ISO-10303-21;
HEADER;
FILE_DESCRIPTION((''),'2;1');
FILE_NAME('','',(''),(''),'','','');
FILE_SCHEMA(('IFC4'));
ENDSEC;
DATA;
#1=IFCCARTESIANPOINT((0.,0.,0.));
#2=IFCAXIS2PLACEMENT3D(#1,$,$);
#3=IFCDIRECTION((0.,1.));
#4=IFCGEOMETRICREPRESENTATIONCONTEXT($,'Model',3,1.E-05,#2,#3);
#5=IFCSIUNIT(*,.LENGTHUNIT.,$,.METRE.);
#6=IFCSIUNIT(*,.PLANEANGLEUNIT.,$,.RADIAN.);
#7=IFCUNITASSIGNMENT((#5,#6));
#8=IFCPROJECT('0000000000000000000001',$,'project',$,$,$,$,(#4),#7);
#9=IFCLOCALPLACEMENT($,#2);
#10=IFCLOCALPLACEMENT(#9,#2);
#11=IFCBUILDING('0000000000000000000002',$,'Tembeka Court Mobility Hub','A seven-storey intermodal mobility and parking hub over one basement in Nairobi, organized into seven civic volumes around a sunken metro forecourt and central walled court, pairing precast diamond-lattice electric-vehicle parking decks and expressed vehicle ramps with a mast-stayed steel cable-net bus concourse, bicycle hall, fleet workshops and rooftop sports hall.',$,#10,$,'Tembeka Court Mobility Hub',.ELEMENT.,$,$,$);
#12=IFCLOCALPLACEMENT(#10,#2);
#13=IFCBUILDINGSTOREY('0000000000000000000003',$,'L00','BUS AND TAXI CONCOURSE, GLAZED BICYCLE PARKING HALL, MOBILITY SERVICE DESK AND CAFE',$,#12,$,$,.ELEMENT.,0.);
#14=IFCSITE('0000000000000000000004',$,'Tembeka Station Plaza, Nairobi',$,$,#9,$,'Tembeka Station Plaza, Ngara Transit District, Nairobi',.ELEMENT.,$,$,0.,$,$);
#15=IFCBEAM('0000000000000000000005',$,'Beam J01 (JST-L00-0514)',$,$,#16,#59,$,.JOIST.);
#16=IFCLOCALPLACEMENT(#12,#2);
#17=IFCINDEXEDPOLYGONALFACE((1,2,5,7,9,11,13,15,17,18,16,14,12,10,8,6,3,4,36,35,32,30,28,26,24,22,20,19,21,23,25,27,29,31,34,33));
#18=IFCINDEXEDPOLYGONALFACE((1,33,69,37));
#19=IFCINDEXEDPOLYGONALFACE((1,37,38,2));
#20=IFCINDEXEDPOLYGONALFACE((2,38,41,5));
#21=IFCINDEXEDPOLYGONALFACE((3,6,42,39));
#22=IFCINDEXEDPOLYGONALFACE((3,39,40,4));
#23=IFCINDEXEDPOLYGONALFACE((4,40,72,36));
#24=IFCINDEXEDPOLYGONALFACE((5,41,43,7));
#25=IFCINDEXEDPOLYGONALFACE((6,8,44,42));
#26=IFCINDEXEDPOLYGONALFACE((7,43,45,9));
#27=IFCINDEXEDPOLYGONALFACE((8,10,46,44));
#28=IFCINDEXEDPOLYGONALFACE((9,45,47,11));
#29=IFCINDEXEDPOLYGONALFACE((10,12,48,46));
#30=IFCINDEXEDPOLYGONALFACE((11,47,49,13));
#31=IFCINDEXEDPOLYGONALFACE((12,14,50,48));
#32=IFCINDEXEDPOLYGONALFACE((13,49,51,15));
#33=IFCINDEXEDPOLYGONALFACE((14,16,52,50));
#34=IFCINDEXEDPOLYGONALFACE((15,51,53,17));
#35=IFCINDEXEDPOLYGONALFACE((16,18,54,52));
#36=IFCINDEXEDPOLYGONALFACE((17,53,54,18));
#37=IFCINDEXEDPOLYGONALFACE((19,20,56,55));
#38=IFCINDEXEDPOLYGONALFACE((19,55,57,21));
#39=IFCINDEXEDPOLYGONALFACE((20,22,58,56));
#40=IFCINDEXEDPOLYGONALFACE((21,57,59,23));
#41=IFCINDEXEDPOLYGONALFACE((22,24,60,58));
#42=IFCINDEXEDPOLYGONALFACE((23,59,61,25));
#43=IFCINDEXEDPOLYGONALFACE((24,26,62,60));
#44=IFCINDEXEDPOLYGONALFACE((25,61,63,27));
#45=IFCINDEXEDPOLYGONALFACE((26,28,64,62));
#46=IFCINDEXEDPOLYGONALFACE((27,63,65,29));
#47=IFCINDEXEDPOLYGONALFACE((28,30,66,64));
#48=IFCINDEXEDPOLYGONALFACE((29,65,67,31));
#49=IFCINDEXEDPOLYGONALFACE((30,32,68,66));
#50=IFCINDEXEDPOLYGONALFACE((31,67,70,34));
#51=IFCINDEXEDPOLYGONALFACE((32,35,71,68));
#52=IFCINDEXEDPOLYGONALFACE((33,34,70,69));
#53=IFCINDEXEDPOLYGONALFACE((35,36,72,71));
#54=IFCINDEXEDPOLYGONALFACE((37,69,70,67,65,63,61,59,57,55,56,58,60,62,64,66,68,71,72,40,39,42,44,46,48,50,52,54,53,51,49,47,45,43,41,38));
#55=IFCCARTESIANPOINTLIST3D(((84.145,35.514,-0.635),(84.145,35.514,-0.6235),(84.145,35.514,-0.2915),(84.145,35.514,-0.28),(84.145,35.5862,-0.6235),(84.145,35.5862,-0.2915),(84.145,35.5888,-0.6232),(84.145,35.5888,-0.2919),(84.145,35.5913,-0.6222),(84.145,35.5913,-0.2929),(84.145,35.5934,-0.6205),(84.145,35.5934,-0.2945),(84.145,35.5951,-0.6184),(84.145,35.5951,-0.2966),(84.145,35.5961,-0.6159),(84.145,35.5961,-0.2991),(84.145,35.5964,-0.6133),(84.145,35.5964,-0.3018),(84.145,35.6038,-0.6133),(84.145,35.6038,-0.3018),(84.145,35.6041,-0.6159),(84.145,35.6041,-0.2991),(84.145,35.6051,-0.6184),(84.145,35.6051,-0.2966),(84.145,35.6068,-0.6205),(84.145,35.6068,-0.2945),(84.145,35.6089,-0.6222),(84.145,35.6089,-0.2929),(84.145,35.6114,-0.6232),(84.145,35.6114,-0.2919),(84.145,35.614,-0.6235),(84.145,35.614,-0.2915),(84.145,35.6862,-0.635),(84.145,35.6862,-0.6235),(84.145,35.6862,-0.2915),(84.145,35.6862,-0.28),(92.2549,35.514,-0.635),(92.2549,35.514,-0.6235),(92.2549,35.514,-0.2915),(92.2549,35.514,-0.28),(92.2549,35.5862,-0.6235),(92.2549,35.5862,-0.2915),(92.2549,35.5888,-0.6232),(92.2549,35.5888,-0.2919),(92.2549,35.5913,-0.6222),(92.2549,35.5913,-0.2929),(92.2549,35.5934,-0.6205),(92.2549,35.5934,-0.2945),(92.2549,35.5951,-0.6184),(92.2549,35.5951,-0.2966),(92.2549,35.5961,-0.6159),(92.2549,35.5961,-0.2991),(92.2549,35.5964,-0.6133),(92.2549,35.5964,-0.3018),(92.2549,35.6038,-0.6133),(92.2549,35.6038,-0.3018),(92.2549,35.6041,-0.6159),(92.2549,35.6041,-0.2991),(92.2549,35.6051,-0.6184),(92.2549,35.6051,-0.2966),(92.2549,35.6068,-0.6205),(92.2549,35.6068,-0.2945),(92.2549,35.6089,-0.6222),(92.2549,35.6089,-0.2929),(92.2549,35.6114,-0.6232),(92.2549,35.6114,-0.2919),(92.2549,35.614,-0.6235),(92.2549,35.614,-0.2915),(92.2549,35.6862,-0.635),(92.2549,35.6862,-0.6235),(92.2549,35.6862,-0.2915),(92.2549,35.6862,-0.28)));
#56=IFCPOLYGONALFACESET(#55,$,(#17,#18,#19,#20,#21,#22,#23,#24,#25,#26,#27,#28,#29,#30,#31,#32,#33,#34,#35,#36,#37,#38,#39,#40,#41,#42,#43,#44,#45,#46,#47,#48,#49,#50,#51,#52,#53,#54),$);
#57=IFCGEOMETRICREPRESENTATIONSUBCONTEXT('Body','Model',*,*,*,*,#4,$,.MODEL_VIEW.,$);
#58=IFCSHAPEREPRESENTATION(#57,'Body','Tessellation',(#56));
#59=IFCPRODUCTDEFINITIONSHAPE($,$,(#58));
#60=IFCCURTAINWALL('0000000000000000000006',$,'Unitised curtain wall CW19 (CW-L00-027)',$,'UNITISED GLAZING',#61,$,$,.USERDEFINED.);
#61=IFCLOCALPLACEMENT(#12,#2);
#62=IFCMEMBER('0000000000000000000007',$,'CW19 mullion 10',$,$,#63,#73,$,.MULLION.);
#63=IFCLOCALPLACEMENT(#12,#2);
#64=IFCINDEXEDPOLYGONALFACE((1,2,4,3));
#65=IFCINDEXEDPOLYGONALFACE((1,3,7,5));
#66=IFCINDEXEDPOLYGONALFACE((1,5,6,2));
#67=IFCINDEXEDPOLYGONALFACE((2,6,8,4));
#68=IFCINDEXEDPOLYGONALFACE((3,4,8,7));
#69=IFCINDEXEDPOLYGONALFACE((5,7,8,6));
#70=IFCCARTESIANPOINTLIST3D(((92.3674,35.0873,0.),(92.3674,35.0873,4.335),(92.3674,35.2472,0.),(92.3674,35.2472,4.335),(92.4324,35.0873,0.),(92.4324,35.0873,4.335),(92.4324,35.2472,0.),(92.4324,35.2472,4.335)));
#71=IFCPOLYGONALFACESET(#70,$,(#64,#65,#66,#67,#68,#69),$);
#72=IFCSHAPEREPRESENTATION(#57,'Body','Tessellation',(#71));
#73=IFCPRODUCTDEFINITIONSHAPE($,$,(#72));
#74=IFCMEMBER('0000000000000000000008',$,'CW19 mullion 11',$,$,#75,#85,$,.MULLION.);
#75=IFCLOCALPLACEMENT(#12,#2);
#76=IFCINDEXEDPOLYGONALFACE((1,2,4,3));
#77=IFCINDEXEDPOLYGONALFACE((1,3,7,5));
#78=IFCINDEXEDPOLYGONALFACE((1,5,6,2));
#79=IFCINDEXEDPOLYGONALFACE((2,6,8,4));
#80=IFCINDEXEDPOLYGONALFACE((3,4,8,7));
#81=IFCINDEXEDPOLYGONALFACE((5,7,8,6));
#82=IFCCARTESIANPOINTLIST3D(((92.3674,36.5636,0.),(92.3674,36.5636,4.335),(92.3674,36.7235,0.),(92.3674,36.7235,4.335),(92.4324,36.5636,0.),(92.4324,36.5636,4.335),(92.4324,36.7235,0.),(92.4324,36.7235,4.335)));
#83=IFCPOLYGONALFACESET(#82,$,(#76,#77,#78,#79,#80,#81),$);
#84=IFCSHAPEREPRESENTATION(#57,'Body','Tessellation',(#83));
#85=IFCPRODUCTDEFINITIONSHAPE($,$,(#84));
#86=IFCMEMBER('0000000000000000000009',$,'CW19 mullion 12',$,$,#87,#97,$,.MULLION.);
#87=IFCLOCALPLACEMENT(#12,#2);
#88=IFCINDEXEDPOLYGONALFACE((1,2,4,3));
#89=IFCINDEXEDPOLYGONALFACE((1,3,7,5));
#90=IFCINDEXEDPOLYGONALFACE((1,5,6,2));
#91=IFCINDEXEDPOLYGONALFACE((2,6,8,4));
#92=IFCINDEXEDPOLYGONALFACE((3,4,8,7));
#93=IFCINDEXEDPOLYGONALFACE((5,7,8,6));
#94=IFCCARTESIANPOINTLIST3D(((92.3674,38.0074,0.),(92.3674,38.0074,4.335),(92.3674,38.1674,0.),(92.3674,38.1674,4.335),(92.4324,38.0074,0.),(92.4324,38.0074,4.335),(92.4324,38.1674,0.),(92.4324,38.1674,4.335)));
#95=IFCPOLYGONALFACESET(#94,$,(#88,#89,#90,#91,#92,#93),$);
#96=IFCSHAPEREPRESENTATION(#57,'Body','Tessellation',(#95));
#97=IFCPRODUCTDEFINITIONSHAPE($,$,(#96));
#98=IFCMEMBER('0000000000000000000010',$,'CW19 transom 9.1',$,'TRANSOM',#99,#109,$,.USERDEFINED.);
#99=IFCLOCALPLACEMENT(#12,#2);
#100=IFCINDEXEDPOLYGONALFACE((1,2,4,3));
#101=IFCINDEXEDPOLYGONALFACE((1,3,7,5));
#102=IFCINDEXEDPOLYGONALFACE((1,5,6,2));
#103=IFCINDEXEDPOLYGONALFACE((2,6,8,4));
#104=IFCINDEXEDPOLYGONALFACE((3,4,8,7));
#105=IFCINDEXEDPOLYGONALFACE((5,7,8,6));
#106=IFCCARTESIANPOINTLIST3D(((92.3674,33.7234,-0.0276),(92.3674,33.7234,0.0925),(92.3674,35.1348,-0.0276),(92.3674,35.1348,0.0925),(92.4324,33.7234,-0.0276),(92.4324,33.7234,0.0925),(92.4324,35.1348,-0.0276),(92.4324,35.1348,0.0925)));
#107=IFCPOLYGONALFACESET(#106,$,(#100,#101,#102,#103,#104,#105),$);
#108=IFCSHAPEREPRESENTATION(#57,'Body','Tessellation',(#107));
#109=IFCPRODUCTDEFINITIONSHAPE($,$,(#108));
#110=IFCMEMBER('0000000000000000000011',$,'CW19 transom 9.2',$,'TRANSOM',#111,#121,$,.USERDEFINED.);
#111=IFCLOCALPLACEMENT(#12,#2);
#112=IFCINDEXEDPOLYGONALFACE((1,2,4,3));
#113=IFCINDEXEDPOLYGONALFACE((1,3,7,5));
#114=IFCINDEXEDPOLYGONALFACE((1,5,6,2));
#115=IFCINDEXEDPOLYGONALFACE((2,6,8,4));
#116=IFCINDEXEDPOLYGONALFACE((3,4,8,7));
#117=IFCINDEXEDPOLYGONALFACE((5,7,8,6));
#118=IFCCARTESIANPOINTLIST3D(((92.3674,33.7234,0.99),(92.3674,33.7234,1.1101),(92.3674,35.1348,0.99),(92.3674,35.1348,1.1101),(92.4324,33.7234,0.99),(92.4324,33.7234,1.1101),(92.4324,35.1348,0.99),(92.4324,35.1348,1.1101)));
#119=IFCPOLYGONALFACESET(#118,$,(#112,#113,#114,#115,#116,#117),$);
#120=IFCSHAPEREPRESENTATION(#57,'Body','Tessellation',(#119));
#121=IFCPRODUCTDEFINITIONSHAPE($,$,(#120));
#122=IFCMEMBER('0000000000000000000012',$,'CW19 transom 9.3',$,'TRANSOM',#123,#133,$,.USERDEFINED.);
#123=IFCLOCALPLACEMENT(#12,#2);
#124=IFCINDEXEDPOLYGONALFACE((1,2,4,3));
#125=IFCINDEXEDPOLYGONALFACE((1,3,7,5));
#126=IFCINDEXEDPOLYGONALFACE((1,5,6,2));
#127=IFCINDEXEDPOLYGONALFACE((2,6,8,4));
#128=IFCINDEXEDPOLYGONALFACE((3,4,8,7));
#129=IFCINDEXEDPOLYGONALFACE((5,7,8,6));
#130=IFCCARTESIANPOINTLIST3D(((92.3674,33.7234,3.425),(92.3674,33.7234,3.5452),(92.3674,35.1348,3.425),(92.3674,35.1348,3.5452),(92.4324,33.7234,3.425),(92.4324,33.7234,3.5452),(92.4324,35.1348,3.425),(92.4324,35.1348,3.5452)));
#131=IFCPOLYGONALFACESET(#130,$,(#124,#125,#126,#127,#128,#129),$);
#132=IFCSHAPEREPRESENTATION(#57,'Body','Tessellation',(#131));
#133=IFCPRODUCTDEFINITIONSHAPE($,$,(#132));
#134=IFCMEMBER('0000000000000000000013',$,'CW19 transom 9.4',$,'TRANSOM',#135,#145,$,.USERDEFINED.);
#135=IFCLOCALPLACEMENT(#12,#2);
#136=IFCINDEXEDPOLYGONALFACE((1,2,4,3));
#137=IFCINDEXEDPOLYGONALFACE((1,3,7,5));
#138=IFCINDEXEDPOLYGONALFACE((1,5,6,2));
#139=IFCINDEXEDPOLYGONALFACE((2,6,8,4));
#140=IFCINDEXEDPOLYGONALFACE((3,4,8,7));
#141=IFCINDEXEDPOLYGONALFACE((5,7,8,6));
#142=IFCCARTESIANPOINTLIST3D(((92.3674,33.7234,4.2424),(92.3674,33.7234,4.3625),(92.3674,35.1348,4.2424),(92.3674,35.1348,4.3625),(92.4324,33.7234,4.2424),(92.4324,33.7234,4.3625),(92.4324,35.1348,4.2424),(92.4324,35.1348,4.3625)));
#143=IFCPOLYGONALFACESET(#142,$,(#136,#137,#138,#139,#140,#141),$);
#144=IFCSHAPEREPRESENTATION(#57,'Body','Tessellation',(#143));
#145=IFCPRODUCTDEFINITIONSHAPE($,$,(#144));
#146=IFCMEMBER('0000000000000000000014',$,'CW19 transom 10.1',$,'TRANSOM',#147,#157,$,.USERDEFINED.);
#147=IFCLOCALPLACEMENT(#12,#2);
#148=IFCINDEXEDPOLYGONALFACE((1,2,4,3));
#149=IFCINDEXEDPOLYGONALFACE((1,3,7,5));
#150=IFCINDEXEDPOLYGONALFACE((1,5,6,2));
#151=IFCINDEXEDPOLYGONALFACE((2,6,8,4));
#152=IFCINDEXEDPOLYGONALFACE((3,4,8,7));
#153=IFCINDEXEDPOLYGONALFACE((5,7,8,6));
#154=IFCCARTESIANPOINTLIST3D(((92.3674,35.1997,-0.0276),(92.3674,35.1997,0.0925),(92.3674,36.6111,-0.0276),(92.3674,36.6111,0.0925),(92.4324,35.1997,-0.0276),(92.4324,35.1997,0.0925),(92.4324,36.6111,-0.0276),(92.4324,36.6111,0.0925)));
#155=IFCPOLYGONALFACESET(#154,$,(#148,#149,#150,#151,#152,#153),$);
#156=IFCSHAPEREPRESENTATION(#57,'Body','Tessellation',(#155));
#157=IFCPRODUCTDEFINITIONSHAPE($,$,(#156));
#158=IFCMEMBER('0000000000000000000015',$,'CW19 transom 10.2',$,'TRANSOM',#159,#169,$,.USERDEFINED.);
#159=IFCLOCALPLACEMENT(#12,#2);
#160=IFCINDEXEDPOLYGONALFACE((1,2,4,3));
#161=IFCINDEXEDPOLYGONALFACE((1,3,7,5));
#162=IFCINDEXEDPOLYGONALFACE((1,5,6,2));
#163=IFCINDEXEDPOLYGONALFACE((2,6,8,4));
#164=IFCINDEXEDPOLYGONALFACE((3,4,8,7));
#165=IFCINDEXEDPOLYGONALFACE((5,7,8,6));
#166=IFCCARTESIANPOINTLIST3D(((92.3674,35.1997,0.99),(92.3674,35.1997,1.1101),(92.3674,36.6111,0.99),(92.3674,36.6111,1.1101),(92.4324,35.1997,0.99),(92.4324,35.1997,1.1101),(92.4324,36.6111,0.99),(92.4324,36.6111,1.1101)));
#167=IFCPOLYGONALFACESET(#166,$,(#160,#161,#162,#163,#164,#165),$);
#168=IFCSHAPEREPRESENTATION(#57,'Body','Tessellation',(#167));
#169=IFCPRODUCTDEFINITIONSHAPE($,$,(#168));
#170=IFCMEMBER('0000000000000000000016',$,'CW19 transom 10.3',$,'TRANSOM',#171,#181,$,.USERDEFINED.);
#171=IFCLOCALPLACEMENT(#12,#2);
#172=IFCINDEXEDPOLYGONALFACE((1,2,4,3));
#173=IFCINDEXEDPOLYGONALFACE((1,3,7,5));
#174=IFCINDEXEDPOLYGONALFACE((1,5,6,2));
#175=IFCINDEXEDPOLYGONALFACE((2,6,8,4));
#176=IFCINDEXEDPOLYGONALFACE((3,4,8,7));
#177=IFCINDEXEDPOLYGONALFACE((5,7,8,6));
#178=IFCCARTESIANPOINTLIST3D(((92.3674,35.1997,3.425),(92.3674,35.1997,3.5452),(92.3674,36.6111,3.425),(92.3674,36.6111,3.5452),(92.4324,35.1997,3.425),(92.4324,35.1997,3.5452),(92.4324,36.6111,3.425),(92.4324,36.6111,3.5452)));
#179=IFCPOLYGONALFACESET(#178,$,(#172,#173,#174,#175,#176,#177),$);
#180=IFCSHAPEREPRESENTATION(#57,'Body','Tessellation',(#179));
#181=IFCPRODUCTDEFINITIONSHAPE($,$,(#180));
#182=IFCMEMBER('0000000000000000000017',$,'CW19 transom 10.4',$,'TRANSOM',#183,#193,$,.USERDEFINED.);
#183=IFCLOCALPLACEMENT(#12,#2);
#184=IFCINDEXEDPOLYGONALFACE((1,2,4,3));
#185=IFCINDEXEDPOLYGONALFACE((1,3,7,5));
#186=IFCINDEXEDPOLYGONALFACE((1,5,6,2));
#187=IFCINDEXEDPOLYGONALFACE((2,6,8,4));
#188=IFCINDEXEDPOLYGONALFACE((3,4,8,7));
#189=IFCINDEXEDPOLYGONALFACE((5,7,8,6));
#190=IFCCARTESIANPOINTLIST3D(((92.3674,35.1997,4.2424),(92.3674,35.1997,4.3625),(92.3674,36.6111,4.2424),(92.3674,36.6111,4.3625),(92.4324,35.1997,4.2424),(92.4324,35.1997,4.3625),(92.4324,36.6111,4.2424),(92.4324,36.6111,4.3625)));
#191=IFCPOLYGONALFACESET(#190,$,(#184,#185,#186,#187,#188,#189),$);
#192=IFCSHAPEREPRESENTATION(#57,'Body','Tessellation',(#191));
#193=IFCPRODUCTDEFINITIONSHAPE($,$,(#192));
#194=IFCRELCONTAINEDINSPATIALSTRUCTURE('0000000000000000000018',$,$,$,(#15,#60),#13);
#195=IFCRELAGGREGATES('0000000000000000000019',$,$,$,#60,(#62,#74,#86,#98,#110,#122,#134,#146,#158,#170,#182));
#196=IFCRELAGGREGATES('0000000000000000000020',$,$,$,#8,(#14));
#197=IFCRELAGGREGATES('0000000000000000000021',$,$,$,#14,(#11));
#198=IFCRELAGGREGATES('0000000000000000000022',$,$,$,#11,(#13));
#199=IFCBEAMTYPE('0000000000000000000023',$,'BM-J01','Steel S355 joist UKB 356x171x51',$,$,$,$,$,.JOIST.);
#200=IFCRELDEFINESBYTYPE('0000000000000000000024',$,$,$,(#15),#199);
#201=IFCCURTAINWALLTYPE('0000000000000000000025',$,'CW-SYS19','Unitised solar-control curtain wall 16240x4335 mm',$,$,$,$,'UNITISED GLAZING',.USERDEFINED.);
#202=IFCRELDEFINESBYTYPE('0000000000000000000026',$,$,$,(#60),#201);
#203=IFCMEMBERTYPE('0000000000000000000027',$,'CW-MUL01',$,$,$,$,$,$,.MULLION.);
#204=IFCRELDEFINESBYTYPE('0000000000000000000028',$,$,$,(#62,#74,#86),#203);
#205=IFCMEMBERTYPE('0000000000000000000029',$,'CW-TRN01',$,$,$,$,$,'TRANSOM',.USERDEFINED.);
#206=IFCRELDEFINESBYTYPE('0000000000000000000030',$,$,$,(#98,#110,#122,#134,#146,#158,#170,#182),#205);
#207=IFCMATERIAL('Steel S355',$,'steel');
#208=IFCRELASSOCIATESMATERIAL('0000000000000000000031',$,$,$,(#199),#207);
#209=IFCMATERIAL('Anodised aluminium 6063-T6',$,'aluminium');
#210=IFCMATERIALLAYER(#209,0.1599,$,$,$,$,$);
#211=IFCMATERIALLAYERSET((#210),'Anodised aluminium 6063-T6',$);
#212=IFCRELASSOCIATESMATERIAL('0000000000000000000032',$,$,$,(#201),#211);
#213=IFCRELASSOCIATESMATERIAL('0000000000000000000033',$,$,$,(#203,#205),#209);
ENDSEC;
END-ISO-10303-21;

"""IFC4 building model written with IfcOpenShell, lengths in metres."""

from ifc_helpers import new_model, si_unit, direction, frame, origin, origin_2d, place, context, subcontext, project, spatial, rectangle, i_section, extrude, material, layer, layer_set, material_profile, profile_set, type_object, element, aggregate, save


model = new_model("IFC4")

# Units and contexts
model_context = context("Model", 3, precision=1e-05, world=origin(), true_north=direction((0.0, 1.0)))
body_context = subcontext(model_context, "Body", "Model", "MODEL_VIEW")
ifc_project = project(units=[si_unit("LENGTHUNIT", "METRE"), si_unit("PLANEANGLEUNIT", "RADIAN")], contexts=[model_context])

# Site, building, storey
site_placement = place(None, origin())
site = spatial("IfcSite", under=ifc_project, at=site_placement, Name="Tembeka Station Plaza, Nairobi", LongName="Tembeka Station Plaza, Ngara Transit District, Nairobi", CompositionType="ELEMENT", RefElevation=0.0)
building_placement = place(site_placement, origin())
building = spatial("IfcBuilding", under=site, at=building_placement, Name="Tembeka Court Mobility Hub", Description="A seven-storey intermodal mobility and parking hub over one basement in Nairobi, organized into seven civic volumes around a sunken metro forecourt and central walled court, pairing precast diamond-lattice electric-vehicle parking decks and expressed vehicle ramps with a mast-stayed steel cable-net bus concourse, bicycle hall, fleet workshops and rooftop sports hall.", LongName="Tembeka Court Mobility Hub", CompositionType="ELEMENT")
storey_placement = place(building_placement, origin())
storey = spatial("IfcBuildingStorey", under=building, at=storey_placement, Name="L00", Description="BUS AND TAXI CONCOURSE, GLAZED BICYCLE PARKING HALL, MOBILITY SERVICE DESK AND CAFE", CompositionType="ELEMENT", Elevation=0.0)

# Shared definitions
ifc_material_1 = material(Name="Steel S355", Category="steel")

# Beam
ifc_material_profile_1 = material_profile(ifc_material_1, i_section(OverallWidth=0.1721, OverallDepth=0.355, WebThickness=0.0073, FlangeThickness=0.0115, FilletRadius=0.0103, at=origin_2d()), Name="UKB 356x171x51")
ifc_profile_set_1 = profile_set([ifc_material_profile_1], Name="Steel S355")
beam_type_1 = type_object("IfcBeamType", Name="BM-J01", Description="Steel S355 joist UKB 356x171x51", PredefinedType="JOIST", material=ifc_profile_set_1)
beam_1_placement = place(storey_placement, frame((84.145, 35.6001, -0.4575), z_axis=(1.0, 0.0, 0.0), x_axis=(0.0, 1.0, 0.0)))
element("IfcBeam", 1, at=beam_1_placement, inside=storey, type_object=beam_type_1, Name="Beam J01 (JST-L00-0514)", PredefinedType="JOIST", context=body_context, shape_type="SweptSolid", body=[
    extrude(i_section(OverallWidth=0.1721, OverallDepth=0.355, WebThickness=0.0073, FlangeThickness=0.0115, FilletRadius=0.0103, at=origin_2d()), origin(), (0.0, 0.0, 1.0), 8.1099),
])

# Curtain wall, members
ifc_material_2 = material(Name="Anodised aluminium 6063-T6", Category="aluminium")
ifc_layer_1 = layer(ifc_material_2, 0.1599)
ifc_layer_set_1 = layer_set([ifc_layer_1], Name="Anodised aluminium 6063-T6")
curtain_wall_type = type_object("IfcCurtainWallType", Name="CW-SYS19", Description="Unitised solar-control curtain wall 16240x4335 mm", ElementType="UNITISED GLAZING", PredefinedType="USERDEFINED", material=ifc_layer_set_1)
curtain_wall_placement = place(storey_placement, origin())
curtain_wall = element("IfcCurtainWall", 2, at=curtain_wall_placement, inside=storey, type_object=curtain_wall_type, Name="Unitised curtain wall CW19 (CW-L00-027)", ObjectType="UNITISED GLAZING", PredefinedType="USERDEFINED")
ifc_material_profile_2 = material_profile(ifc_material_2, rectangle(XDim=0.0649, YDim=0.1599, at=origin_2d()), Name="ALU-MUL 65x160")
ifc_profile_set_2 = profile_set([ifc_material_profile_2], Name="Anodised aluminium 6063-T6")
member_type_1 = type_object("IfcMemberType", Name="CW-MUL01", PredefinedType="MULLION", material=ifc_profile_set_2)
member_1_placement = place(storey_placement, frame((92.3999, 35.1672, 0.0), z_axis=(0.0, 0.0, 1.0), x_axis=(-1.0, 0.0, 0.0)))
member_1 = element("IfcMember", 3, at=member_1_placement, type_object=member_type_1, Name="CW19 mullion 10", PredefinedType="MULLION", context=body_context, shape_type="SweptSolid", body=[
    extrude(rectangle(XDim=0.0649, YDim=0.1599, at=origin_2d()), origin(), (0.0, 0.0, 1.0), 4.335),
])
member_2_placement = place(storey_placement, frame((92.3999, 36.6436, 0.0), z_axis=(0.0, 0.0, 1.0), x_axis=(-1.0, 0.0, 0.0)))
member_2 = element("IfcMember", 4, at=member_2_placement, type_object=member_type_1, Name="CW19 mullion 11", PredefinedType="MULLION", context=body_context, shape_type="SweptSolid", body=[
    extrude(rectangle(XDim=0.0649, YDim=0.1599, at=origin_2d()), origin(), (0.0, 0.0, 1.0), 4.335),
])
member_3_placement = place(storey_placement, frame((92.3999, 38.0874, 0.0), z_axis=(0.0, 0.0, 1.0), x_axis=(-1.0, 0.0, 0.0)))
member_3 = element("IfcMember", 5, at=member_3_placement, type_object=member_type_1, Name="CW19 mullion 12", PredefinedType="MULLION", context=body_context, shape_type="SweptSolid", body=[
    extrude(rectangle(XDim=0.0649, YDim=0.1599, at=origin_2d()), origin(), (0.0, 0.0, 1.0), 4.335),
])
ifc_material_profile_3 = material_profile(ifc_material_2, rectangle(XDim=0.0649, YDim=0.1201, at=origin_2d()), Name="ALU-TRN 65x120")
ifc_profile_set_3 = profile_set([ifc_material_profile_3], Name="Anodised aluminium 6063-T6")
member_type_2 = type_object("IfcMemberType", Name="CW-TRN01", ElementType="TRANSOM", PredefinedType="USERDEFINED", material=ifc_profile_set_3)
member_4_placement = place(storey_placement, frame((92.3999, 33.7234, 0.0325), z_axis=(0.0, 1.0, 0.0), x_axis=(-1.0, 0.0, 0.0)))
member_4 = element("IfcMember", 6, at=member_4_placement, type_object=member_type_2, Name="CW19 transom 9.1", ObjectType="TRANSOM", PredefinedType="USERDEFINED", context=body_context, shape_type="SweptSolid", body=[
    extrude(rectangle(XDim=0.0649, YDim=0.1201, at=origin_2d()), origin(), (0.0, 0.0, 1.0), 1.4114),
])
member_5_placement = place(storey_placement, frame((92.3999, 33.7234, 1.05), z_axis=(0.0, 1.0, 0.0), x_axis=(-1.0, 0.0, 0.0)))
member_5 = element("IfcMember", 7, at=member_5_placement, type_object=member_type_2, Name="CW19 transom 9.2", ObjectType="TRANSOM", PredefinedType="USERDEFINED", context=body_context, shape_type="SweptSolid", body=[
    extrude(rectangle(XDim=0.0649, YDim=0.1201, at=origin_2d()), origin(), (0.0, 0.0, 1.0), 1.4114),
])
member_6_placement = place(storey_placement, frame((92.3999, 33.7234, 3.4851), z_axis=(0.0, 1.0, 0.0), x_axis=(-1.0, 0.0, 0.0)))
member_6 = element("IfcMember", 8, at=member_6_placement, type_object=member_type_2, Name="CW19 transom 9.3", ObjectType="TRANSOM", PredefinedType="USERDEFINED", context=body_context, shape_type="SweptSolid", body=[
    extrude(rectangle(XDim=0.0649, YDim=0.1201, at=origin_2d()), origin(), (0.0, 0.0, 1.0), 1.4114),
])
member_7_placement = place(storey_placement, frame((92.3999, 33.7234, 4.3025), z_axis=(0.0, 1.0, 0.0), x_axis=(-1.0, 0.0, 0.0)))
member_7 = element("IfcMember", 9, at=member_7_placement, type_object=member_type_2, Name="CW19 transom 9.4", ObjectType="TRANSOM", PredefinedType="USERDEFINED", context=body_context, shape_type="SweptSolid", body=[
    extrude(rectangle(XDim=0.0649, YDim=0.1201, at=origin_2d()), origin(), (0.0, 0.0, 1.0), 1.4114),
])
member_8_placement = place(storey_placement, frame((92.3999, 35.1997, 0.0325), z_axis=(0.0, 1.0, 0.0), x_axis=(-1.0, 0.0, 0.0)))
member_8 = element("IfcMember", 10, at=member_8_placement, type_object=member_type_2, Name="CW19 transom 10.1", ObjectType="TRANSOM", PredefinedType="USERDEFINED", context=body_context, shape_type="SweptSolid", body=[
    extrude(rectangle(XDim=0.0649, YDim=0.1201, at=origin_2d()), origin(), (0.0, 0.0, 1.0), 1.4114),
])
member_9_placement = place(storey_placement, frame((92.3999, 35.1997, 1.05), z_axis=(0.0, 1.0, 0.0), x_axis=(-1.0, 0.0, 0.0)))
member_9 = element("IfcMember", 11, at=member_9_placement, type_object=member_type_2, Name="CW19 transom 10.2", ObjectType="TRANSOM", PredefinedType="USERDEFINED", context=body_context, shape_type="SweptSolid", body=[
    extrude(rectangle(XDim=0.0649, YDim=0.1201, at=origin_2d()), origin(), (0.0, 0.0, 1.0), 1.4114),
])
member_10_placement = place(storey_placement, frame((92.3999, 35.1997, 3.4851), z_axis=(0.0, 1.0, 0.0), x_axis=(-1.0, 0.0, 0.0)))
member_10 = element("IfcMember", 12, at=member_10_placement, type_object=member_type_2, Name="CW19 transom 10.3", ObjectType="TRANSOM", PredefinedType="USERDEFINED", context=body_context, shape_type="SweptSolid", body=[
    extrude(rectangle(XDim=0.0649, YDim=0.1201, at=origin_2d()), origin(), (0.0, 0.0, 1.0), 1.4114),
])
member_11_placement = place(storey_placement, frame((92.3999, 35.1997, 4.3025), z_axis=(0.0, 1.0, 0.0), x_axis=(-1.0, 0.0, 0.0)))
member_11 = element("IfcMember", 13, at=member_11_placement, type_object=member_type_2, Name="CW19 transom 10.4", ObjectType="TRANSOM", PredefinedType="USERDEFINED", context=body_context, shape_type="SweptSolid", body=[
    extrude(rectangle(XDim=0.0649, YDim=0.1201, at=origin_2d()), origin(), (0.0, 0.0, 1.0), 1.4114),
])
aggregate(curtain_wall, [member_1, member_2, member_3, member_4, member_5, member_6, member_7, member_8, member_9, member_10, member_11])

save(model, "model.ifc")
